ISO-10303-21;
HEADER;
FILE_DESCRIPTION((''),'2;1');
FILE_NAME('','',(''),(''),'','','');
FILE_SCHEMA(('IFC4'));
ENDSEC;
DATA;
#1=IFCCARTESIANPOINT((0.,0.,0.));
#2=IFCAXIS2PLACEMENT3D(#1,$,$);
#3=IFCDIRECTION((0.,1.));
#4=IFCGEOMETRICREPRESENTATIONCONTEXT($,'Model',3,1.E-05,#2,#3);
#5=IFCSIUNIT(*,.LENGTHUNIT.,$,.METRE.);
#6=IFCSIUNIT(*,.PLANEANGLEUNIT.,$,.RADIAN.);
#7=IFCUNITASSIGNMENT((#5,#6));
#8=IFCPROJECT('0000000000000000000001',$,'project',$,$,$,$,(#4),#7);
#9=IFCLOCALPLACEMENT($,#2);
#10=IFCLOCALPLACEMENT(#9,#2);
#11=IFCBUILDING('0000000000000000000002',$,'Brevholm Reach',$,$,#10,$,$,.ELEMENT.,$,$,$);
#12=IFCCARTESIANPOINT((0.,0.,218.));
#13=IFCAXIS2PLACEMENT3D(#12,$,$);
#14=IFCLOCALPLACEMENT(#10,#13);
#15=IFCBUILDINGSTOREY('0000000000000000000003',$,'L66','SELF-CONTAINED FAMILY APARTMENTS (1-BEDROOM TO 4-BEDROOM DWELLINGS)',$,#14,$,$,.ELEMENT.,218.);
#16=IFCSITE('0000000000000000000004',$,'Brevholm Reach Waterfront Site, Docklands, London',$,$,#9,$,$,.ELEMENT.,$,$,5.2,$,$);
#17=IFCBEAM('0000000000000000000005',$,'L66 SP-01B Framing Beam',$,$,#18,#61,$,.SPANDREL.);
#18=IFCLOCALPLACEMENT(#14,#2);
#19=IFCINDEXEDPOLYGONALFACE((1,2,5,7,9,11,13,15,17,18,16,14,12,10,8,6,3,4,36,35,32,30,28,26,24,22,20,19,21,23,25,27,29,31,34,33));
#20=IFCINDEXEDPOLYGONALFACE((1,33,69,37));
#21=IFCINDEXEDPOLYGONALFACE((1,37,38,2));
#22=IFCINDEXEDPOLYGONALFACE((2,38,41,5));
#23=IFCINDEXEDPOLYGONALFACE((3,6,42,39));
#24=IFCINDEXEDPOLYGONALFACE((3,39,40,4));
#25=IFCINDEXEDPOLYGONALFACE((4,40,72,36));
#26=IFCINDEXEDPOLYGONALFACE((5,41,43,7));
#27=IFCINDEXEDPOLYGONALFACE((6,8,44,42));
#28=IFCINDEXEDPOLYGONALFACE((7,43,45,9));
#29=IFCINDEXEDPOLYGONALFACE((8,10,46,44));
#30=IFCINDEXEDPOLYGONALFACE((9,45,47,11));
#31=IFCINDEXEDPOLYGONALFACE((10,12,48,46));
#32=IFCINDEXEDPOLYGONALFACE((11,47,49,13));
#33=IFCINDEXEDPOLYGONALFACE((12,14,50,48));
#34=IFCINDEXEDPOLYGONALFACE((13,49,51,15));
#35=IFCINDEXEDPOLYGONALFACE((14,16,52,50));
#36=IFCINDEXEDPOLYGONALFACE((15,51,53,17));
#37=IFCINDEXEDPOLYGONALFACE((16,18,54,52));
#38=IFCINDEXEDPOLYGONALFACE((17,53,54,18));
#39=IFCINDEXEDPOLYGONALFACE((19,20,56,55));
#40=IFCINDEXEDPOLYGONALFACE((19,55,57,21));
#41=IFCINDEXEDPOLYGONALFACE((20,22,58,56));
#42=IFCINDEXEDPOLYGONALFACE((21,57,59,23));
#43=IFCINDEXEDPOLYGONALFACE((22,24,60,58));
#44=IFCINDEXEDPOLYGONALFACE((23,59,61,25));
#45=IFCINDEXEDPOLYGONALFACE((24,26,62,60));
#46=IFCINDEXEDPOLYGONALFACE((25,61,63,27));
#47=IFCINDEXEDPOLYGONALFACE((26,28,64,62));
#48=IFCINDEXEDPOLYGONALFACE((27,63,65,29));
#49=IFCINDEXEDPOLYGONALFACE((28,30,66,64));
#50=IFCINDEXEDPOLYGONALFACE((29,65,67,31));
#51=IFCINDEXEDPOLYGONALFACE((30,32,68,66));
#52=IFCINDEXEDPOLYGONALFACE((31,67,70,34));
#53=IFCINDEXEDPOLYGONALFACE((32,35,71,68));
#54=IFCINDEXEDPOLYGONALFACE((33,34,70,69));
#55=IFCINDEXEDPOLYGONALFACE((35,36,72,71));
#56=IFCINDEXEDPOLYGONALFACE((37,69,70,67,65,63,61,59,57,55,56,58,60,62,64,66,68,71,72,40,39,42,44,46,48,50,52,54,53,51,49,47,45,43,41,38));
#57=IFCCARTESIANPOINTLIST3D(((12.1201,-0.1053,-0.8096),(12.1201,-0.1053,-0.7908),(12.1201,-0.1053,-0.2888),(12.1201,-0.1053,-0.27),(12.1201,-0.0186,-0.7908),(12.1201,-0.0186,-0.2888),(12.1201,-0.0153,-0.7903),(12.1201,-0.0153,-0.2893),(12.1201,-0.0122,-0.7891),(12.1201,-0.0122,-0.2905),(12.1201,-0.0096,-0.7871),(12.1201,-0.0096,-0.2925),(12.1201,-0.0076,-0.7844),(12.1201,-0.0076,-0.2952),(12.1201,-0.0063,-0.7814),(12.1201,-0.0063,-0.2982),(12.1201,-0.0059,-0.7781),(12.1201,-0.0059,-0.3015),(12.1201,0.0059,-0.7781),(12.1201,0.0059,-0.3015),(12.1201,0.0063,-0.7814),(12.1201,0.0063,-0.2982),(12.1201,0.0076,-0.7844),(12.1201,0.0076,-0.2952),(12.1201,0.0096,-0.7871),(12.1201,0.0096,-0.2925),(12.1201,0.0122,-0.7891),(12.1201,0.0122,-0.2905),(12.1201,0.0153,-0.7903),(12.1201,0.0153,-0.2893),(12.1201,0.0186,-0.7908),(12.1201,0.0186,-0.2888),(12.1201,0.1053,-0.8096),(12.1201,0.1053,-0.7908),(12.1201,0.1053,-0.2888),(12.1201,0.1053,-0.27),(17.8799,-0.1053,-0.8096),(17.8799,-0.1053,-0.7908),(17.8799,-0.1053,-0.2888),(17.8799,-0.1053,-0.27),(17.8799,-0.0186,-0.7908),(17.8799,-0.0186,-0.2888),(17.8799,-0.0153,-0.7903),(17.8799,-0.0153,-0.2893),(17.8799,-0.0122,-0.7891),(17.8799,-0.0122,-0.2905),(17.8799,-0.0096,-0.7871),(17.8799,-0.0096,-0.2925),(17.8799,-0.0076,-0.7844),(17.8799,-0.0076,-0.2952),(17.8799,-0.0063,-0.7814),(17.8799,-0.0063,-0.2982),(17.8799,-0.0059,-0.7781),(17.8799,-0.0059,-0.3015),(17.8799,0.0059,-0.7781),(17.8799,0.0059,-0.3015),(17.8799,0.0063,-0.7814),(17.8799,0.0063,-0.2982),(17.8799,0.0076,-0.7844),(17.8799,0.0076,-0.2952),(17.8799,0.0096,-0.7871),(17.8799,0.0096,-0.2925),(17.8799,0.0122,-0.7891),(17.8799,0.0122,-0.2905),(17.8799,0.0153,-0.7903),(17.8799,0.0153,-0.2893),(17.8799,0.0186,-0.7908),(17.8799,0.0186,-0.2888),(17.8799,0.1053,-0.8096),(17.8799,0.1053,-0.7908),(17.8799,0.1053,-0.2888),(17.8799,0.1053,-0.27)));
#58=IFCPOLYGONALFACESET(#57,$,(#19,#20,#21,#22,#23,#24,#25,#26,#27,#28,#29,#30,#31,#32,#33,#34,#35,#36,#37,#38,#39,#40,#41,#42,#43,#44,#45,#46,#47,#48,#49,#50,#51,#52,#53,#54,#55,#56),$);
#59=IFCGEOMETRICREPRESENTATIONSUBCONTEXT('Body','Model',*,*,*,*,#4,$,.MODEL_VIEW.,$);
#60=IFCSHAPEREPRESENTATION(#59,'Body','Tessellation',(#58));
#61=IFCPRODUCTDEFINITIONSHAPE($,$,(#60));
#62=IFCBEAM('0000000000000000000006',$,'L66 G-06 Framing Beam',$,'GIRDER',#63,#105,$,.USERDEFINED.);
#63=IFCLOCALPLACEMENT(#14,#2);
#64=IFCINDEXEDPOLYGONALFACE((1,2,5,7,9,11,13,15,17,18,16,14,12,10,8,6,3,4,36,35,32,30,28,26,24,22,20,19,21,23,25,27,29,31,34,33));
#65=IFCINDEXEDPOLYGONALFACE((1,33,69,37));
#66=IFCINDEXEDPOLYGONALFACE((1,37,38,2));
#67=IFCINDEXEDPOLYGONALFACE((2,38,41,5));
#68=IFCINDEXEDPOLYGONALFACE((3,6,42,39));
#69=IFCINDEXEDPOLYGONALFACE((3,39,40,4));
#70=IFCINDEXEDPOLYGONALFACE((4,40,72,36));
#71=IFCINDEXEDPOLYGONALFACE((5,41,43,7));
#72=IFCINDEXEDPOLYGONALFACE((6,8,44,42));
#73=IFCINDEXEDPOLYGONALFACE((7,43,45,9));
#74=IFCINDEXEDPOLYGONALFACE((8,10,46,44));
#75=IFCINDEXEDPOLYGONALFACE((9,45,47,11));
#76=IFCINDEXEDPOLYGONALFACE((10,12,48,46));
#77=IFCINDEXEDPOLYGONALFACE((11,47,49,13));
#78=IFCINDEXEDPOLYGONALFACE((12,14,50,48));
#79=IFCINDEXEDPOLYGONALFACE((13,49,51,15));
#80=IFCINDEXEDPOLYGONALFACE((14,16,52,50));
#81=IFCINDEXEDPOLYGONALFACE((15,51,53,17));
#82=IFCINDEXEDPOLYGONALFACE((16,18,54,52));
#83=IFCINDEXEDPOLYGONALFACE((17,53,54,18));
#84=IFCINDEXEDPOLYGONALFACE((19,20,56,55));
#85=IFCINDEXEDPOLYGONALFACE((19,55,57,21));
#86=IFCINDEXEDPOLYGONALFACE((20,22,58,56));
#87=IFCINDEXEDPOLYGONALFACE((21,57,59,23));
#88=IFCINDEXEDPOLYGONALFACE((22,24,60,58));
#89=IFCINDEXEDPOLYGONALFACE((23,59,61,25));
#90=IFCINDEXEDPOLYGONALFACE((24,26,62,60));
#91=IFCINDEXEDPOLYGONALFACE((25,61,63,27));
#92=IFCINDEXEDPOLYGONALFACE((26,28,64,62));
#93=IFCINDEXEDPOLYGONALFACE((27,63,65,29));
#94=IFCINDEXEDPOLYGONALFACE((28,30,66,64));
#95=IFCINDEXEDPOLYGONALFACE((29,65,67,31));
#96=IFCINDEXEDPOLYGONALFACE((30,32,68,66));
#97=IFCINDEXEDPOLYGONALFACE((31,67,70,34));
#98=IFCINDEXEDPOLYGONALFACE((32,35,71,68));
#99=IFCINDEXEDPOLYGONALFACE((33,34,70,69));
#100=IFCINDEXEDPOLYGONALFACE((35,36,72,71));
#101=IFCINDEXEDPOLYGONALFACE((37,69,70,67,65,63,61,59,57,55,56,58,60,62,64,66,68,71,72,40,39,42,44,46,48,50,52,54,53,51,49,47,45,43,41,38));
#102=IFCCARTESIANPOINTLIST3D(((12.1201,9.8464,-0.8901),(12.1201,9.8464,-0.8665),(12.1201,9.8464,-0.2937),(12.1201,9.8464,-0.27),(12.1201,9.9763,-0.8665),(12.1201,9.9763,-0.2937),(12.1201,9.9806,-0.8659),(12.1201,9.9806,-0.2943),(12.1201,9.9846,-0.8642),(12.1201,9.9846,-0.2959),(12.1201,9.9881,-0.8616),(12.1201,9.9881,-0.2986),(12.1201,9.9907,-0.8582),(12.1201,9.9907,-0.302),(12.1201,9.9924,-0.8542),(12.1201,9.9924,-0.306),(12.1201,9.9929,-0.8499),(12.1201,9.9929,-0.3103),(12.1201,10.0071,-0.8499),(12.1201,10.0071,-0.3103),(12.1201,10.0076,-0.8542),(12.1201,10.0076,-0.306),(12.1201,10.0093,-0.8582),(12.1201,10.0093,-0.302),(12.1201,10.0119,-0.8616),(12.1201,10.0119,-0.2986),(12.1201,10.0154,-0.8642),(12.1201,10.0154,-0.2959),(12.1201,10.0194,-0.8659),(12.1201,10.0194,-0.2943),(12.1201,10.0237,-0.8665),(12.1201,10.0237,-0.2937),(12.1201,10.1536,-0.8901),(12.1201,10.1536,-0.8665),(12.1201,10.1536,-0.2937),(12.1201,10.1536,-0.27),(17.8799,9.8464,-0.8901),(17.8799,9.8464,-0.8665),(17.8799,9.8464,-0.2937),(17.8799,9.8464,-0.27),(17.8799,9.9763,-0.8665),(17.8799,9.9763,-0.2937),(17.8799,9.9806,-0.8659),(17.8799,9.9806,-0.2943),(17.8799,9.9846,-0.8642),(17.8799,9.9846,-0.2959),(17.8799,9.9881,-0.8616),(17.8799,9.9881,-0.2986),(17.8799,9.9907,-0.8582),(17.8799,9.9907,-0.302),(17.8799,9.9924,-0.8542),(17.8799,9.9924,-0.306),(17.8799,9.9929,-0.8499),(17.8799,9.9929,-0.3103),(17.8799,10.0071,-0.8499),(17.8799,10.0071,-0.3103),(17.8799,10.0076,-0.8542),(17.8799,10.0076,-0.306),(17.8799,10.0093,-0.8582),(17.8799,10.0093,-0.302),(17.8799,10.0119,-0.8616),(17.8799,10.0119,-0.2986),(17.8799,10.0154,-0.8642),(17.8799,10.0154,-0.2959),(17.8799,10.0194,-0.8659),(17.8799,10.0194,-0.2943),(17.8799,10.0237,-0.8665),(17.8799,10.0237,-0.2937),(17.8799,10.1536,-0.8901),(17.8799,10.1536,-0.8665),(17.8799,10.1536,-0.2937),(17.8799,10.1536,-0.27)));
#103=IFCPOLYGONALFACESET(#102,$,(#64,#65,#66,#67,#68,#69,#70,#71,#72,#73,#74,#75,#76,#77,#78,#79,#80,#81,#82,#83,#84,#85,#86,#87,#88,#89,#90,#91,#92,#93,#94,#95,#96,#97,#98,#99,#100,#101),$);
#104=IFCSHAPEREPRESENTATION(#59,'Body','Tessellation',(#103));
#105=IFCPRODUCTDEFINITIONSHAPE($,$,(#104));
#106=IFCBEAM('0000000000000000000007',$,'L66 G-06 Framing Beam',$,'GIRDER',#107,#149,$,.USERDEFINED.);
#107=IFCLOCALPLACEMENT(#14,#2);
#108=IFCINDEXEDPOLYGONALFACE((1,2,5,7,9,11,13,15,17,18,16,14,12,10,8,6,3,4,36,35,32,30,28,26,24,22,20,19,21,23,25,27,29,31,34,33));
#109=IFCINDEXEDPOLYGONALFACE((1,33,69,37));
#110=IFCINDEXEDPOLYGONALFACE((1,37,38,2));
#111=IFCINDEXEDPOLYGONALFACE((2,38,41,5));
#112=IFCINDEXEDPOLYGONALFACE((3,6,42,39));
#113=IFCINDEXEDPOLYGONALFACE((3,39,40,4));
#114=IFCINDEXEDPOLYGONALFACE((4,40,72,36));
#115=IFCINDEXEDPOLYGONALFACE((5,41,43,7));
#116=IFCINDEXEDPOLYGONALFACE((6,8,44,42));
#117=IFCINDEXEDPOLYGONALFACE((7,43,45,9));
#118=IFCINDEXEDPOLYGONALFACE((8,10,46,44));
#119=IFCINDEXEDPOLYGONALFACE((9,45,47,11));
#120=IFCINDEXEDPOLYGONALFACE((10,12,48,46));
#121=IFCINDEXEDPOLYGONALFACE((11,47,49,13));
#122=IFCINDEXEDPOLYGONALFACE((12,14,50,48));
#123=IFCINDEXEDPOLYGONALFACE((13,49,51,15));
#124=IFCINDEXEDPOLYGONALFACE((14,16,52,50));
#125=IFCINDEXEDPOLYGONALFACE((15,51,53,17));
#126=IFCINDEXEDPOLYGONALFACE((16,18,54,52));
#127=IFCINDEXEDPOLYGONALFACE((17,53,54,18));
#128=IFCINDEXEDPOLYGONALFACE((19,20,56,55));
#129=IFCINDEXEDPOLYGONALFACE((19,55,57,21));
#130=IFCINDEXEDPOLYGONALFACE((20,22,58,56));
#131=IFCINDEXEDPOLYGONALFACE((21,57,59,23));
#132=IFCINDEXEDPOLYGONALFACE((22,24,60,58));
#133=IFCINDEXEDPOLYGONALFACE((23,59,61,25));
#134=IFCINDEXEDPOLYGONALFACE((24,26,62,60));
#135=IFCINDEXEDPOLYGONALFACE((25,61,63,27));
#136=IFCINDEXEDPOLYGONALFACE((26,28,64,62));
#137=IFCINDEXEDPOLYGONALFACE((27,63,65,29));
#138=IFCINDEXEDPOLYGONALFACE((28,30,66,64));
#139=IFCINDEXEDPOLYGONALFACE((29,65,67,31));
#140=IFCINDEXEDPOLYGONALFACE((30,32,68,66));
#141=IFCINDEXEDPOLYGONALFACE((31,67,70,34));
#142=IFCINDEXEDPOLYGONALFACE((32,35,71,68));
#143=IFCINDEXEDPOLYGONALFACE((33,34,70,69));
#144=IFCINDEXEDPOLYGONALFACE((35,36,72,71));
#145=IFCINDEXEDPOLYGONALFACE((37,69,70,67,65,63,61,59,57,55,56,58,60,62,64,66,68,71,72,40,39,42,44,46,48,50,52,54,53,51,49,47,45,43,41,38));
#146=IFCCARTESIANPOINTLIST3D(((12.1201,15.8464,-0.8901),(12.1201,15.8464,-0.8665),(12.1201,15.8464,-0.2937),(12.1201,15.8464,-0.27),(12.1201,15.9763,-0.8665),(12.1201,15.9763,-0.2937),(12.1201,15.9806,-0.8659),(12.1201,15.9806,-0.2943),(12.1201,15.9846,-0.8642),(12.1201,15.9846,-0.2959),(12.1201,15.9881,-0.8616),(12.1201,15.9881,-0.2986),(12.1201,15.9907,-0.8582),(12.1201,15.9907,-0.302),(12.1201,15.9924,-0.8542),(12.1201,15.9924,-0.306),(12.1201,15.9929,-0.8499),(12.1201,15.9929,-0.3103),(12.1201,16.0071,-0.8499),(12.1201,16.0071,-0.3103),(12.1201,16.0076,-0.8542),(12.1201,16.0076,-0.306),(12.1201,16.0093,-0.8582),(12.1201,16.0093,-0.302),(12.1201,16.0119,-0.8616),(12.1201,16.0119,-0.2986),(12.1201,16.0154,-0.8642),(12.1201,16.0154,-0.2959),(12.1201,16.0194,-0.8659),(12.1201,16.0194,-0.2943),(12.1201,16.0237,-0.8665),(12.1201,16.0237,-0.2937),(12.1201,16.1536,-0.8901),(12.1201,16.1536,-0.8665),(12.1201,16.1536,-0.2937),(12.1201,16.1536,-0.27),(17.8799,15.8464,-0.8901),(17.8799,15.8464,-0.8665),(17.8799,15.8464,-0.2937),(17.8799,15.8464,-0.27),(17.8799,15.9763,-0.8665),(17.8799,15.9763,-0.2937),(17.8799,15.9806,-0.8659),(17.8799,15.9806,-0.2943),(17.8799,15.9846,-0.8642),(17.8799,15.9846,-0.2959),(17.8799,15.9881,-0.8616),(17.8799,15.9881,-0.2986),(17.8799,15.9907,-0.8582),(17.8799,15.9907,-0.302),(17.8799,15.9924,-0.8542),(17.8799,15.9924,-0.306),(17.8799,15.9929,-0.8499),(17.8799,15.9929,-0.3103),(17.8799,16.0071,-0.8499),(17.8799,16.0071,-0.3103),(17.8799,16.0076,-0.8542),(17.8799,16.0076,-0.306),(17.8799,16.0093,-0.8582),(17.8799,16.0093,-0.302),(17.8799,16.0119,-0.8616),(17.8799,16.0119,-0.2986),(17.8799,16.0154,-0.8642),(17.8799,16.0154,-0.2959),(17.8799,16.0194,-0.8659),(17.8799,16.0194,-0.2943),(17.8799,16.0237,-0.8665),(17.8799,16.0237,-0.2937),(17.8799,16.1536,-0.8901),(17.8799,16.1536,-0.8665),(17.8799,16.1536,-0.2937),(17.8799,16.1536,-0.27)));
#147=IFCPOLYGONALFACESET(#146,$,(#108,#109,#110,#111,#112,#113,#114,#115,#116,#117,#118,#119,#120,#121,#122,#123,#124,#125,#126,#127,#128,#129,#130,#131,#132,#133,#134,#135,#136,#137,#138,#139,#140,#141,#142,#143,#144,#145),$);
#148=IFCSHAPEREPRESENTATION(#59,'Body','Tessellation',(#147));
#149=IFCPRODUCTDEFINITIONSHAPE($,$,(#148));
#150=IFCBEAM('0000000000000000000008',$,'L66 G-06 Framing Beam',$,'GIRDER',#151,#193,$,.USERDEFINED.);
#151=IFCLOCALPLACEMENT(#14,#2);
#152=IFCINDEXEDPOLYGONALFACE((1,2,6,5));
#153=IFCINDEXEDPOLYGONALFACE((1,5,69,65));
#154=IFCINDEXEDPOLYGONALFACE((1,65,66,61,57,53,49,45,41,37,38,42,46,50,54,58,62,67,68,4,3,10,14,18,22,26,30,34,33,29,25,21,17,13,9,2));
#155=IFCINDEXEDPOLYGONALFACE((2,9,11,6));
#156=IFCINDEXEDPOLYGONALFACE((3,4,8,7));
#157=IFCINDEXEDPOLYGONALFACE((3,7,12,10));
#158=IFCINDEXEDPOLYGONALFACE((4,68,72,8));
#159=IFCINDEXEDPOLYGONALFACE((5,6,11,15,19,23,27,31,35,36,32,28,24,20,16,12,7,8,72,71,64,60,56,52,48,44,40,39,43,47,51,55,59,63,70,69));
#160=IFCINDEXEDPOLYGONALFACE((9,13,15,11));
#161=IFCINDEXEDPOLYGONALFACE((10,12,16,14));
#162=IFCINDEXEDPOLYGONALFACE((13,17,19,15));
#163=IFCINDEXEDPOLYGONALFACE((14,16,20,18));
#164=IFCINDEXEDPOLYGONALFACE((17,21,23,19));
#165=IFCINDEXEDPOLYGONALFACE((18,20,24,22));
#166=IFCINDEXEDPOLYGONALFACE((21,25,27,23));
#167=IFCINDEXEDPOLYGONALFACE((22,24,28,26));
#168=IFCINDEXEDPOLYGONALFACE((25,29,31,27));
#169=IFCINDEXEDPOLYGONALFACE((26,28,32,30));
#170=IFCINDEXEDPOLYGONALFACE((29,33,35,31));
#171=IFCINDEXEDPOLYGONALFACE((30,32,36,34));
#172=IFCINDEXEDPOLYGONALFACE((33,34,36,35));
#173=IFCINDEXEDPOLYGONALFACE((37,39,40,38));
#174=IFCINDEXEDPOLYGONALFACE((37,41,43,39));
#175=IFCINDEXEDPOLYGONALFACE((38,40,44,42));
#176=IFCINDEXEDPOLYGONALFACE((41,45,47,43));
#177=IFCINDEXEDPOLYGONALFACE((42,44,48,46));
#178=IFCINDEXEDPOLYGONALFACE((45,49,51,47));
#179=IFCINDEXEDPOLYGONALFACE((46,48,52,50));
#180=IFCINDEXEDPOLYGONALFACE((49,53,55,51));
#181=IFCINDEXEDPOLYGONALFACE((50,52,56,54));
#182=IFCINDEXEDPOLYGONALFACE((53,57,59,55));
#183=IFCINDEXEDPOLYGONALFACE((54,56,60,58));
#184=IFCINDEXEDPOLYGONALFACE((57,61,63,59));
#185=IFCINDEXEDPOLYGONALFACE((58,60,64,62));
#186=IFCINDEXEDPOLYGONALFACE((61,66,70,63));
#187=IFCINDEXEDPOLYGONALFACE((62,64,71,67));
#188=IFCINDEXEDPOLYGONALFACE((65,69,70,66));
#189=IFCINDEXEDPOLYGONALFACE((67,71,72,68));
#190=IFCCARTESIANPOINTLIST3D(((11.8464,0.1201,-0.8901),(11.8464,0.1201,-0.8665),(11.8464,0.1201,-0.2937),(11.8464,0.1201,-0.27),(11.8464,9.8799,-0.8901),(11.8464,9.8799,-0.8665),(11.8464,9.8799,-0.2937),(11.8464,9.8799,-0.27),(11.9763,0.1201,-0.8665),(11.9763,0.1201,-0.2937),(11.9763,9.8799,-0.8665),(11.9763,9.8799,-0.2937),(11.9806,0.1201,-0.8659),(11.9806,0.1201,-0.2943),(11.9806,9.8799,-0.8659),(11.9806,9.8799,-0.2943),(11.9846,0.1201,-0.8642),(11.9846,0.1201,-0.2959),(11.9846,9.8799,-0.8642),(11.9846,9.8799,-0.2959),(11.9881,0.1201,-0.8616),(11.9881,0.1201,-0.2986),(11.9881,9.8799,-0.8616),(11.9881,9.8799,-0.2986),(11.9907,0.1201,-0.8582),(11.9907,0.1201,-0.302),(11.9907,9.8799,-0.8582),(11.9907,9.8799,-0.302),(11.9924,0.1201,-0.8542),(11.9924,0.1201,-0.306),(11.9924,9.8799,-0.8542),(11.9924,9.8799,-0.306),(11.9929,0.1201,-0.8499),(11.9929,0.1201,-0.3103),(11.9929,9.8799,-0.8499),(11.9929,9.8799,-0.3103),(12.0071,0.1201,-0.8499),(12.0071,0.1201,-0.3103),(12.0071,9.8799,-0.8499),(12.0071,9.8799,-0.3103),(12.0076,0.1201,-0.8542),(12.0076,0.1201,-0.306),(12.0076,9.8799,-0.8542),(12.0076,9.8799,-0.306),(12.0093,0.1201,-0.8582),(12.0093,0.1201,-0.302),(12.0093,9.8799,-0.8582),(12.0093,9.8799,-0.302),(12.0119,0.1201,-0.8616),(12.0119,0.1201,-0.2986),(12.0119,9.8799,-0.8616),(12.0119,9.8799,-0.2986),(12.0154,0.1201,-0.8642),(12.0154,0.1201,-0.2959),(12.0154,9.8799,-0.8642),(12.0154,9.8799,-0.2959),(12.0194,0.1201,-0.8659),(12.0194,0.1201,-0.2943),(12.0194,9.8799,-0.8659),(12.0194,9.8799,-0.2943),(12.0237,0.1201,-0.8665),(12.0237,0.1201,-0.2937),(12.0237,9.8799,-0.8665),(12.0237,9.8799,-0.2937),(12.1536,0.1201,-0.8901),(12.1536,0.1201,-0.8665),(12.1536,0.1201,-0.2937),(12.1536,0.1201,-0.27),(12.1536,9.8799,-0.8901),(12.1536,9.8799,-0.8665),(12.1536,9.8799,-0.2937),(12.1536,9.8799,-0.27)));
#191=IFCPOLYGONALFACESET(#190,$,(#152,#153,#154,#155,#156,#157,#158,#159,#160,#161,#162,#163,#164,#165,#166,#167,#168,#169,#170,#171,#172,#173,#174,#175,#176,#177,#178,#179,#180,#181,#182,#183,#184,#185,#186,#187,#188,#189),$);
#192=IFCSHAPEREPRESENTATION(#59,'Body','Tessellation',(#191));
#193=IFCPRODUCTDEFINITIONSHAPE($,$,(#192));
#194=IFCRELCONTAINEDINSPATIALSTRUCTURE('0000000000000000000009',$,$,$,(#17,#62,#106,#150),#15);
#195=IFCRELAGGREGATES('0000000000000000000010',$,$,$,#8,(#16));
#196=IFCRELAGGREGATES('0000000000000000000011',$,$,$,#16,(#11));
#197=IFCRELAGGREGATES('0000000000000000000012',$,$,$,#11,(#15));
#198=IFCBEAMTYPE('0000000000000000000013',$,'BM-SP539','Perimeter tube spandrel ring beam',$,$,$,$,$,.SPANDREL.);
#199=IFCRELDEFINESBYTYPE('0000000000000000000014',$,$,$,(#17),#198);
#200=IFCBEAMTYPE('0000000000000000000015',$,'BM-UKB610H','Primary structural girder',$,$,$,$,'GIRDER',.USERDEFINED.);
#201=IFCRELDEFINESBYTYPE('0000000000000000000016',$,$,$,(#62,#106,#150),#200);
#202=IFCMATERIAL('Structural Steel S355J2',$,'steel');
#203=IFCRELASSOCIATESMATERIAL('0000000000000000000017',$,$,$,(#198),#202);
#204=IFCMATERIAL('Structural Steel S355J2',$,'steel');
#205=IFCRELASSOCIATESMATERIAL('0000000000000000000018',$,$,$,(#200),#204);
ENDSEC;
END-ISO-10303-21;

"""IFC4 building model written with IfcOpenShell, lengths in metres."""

from ifc_helpers import new_model, si_unit, direction, frame, origin, origin_2d, place, context, subcontext, project, spatial, i_section, extrude, material, material_profile, profile_set, type_object, element, save


model = new_model("IFC4")

# Units and contexts
model_context = context("Model", 3, precision=1e-05, world=origin(), true_north=direction((0.0, 1.0)))
body_context = subcontext(model_context, "Body", "Model", "MODEL_VIEW")
ifc_project = project(units=[si_unit("LENGTHUNIT", "METRE"), si_unit("PLANEANGLEUNIT", "RADIAN")], contexts=[model_context])

# Site, building, storey
site_placement = place(None, origin())
site = spatial("IfcSite", under=ifc_project, at=site_placement, Name="Brevholm Reach Waterfront Site, Docklands, London", CompositionType="ELEMENT", RefElevation=5.2)
building_placement = place(site_placement, origin())
building = spatial("IfcBuilding", under=site, at=building_placement, Name="Brevholm Reach", CompositionType="ELEMENT")
storey_placement = place(building_placement, frame((0.0, 0.0, 218.0)))
storey = spatial("IfcBuildingStorey", under=building, at=storey_placement, Name="L66", Description="SELF-CONTAINED FAMILY APARTMENTS (1-BEDROOM TO 4-BEDROOM DWELLINGS)", CompositionType="ELEMENT", Elevation=218.0)

# Beams
ifc_material_1 = material(Name="Structural Steel S355J2", Category="steel")
ifc_material_profile_1 = material_profile(ifc_material_1, i_section(OverallWidth=0.2107, OverallDepth=0.5396, WebThickness=0.0117, FlangeThickness=0.0188, FilletRadius=0.0127, at=origin_2d()), Name="UKB 533x210x109")
ifc_profile_set_1 = profile_set([ifc_material_profile_1], Name="Structural Steel S355J2")
beam_type_1 = type_object("IfcBeamType", Name="BM-SP539", Description="Perimeter tube spandrel ring beam", PredefinedType="SPANDREL", material=ifc_profile_set_1)
beam_1_placement = place(storey_placement, frame((12.1201, 0.0, -0.5398), z_axis=(1.0, 0.0, 0.0), x_axis=(0.0, 1.0, 0.0)))
element("IfcBeam", 1, at=beam_1_placement, inside=storey, type_object=beam_type_1, Name="L66 SP-01B Framing Beam", PredefinedType="SPANDREL", context=body_context, shape_type="SweptSolid", body=[
    extrude(i_section(OverallWidth=0.2107, OverallDepth=0.5396, WebThickness=0.0117, FlangeThickness=0.0188, FilletRadius=0.0127, at=origin_2d()), origin(), (0.0, 0.0, 1.0), 5.7598),
])
ifc_material_2 = material(Name="Structural Steel S355J2", Category="steel")
ifc_material_profile_2 = material_profile(ifc_material_2, i_section(OverallWidth=0.3071, OverallDepth=0.6201, WebThickness=0.0142, FlangeThickness=0.0237, FilletRadius=0.0166, at=origin_2d()), Name="UKB 610x305x179")
ifc_profile_set_2 = profile_set([ifc_material_profile_2], Name="Structural Steel S355J2")
beam_type_2 = type_object("IfcBeamType", Name="BM-UKB610H", Description="Primary structural girder", ElementType="GIRDER", PredefinedType="USERDEFINED", material=ifc_profile_set_2)
for number, where, z_axis, x_axis, name in (
    (2, (12.1201, 10.0, -0.5801), (1.0, 0.0, 0.0), (0.0, 1.0, 0.0), "L66 G-06 Framing Beam"),
    (3, (12.1201, 16.0, -0.5801), (1.0, 0.0, 0.0), (0.0, 1.0, 0.0), "L66 G-06 Framing Beam"),
):
    element("IfcBeam", number, at=place(storey_placement, frame(where, z_axis=z_axis, x_axis=x_axis)), inside=storey, type_object=beam_type_2, Name=name, ObjectType="GIRDER", PredefinedType="USERDEFINED", context=body_context, shape_type="SweptSolid", body=[
        extrude(i_section(OverallWidth=0.3071, OverallDepth=0.6201, WebThickness=0.0142, FlangeThickness=0.0237, FilletRadius=0.0166, at=origin_2d()), origin(), (0.0, 0.0, 1.0), 5.7598),
    ])
beam_2_placement = place(storey_placement, frame((12.0, 0.1201, -0.5801), z_axis=(0.0, 1.0, 0.0), x_axis=(-1.0, 0.0, 0.0)))
element("IfcBeam", 4, at=beam_2_placement, inside=storey, type_object=beam_type_2, Name="L66 G-06 Framing Beam", ObjectType="GIRDER", PredefinedType="USERDEFINED", context=body_context, shape_type="SweptSolid", body=[
    extrude(i_section(OverallWidth=0.3071, OverallDepth=0.6201, WebThickness=0.0142, FlangeThickness=0.0237, FilletRadius=0.0166, at=origin_2d()), origin(), (0.0, 0.0, 1.0), 9.7598),
])

save(model, "model.ifc")
